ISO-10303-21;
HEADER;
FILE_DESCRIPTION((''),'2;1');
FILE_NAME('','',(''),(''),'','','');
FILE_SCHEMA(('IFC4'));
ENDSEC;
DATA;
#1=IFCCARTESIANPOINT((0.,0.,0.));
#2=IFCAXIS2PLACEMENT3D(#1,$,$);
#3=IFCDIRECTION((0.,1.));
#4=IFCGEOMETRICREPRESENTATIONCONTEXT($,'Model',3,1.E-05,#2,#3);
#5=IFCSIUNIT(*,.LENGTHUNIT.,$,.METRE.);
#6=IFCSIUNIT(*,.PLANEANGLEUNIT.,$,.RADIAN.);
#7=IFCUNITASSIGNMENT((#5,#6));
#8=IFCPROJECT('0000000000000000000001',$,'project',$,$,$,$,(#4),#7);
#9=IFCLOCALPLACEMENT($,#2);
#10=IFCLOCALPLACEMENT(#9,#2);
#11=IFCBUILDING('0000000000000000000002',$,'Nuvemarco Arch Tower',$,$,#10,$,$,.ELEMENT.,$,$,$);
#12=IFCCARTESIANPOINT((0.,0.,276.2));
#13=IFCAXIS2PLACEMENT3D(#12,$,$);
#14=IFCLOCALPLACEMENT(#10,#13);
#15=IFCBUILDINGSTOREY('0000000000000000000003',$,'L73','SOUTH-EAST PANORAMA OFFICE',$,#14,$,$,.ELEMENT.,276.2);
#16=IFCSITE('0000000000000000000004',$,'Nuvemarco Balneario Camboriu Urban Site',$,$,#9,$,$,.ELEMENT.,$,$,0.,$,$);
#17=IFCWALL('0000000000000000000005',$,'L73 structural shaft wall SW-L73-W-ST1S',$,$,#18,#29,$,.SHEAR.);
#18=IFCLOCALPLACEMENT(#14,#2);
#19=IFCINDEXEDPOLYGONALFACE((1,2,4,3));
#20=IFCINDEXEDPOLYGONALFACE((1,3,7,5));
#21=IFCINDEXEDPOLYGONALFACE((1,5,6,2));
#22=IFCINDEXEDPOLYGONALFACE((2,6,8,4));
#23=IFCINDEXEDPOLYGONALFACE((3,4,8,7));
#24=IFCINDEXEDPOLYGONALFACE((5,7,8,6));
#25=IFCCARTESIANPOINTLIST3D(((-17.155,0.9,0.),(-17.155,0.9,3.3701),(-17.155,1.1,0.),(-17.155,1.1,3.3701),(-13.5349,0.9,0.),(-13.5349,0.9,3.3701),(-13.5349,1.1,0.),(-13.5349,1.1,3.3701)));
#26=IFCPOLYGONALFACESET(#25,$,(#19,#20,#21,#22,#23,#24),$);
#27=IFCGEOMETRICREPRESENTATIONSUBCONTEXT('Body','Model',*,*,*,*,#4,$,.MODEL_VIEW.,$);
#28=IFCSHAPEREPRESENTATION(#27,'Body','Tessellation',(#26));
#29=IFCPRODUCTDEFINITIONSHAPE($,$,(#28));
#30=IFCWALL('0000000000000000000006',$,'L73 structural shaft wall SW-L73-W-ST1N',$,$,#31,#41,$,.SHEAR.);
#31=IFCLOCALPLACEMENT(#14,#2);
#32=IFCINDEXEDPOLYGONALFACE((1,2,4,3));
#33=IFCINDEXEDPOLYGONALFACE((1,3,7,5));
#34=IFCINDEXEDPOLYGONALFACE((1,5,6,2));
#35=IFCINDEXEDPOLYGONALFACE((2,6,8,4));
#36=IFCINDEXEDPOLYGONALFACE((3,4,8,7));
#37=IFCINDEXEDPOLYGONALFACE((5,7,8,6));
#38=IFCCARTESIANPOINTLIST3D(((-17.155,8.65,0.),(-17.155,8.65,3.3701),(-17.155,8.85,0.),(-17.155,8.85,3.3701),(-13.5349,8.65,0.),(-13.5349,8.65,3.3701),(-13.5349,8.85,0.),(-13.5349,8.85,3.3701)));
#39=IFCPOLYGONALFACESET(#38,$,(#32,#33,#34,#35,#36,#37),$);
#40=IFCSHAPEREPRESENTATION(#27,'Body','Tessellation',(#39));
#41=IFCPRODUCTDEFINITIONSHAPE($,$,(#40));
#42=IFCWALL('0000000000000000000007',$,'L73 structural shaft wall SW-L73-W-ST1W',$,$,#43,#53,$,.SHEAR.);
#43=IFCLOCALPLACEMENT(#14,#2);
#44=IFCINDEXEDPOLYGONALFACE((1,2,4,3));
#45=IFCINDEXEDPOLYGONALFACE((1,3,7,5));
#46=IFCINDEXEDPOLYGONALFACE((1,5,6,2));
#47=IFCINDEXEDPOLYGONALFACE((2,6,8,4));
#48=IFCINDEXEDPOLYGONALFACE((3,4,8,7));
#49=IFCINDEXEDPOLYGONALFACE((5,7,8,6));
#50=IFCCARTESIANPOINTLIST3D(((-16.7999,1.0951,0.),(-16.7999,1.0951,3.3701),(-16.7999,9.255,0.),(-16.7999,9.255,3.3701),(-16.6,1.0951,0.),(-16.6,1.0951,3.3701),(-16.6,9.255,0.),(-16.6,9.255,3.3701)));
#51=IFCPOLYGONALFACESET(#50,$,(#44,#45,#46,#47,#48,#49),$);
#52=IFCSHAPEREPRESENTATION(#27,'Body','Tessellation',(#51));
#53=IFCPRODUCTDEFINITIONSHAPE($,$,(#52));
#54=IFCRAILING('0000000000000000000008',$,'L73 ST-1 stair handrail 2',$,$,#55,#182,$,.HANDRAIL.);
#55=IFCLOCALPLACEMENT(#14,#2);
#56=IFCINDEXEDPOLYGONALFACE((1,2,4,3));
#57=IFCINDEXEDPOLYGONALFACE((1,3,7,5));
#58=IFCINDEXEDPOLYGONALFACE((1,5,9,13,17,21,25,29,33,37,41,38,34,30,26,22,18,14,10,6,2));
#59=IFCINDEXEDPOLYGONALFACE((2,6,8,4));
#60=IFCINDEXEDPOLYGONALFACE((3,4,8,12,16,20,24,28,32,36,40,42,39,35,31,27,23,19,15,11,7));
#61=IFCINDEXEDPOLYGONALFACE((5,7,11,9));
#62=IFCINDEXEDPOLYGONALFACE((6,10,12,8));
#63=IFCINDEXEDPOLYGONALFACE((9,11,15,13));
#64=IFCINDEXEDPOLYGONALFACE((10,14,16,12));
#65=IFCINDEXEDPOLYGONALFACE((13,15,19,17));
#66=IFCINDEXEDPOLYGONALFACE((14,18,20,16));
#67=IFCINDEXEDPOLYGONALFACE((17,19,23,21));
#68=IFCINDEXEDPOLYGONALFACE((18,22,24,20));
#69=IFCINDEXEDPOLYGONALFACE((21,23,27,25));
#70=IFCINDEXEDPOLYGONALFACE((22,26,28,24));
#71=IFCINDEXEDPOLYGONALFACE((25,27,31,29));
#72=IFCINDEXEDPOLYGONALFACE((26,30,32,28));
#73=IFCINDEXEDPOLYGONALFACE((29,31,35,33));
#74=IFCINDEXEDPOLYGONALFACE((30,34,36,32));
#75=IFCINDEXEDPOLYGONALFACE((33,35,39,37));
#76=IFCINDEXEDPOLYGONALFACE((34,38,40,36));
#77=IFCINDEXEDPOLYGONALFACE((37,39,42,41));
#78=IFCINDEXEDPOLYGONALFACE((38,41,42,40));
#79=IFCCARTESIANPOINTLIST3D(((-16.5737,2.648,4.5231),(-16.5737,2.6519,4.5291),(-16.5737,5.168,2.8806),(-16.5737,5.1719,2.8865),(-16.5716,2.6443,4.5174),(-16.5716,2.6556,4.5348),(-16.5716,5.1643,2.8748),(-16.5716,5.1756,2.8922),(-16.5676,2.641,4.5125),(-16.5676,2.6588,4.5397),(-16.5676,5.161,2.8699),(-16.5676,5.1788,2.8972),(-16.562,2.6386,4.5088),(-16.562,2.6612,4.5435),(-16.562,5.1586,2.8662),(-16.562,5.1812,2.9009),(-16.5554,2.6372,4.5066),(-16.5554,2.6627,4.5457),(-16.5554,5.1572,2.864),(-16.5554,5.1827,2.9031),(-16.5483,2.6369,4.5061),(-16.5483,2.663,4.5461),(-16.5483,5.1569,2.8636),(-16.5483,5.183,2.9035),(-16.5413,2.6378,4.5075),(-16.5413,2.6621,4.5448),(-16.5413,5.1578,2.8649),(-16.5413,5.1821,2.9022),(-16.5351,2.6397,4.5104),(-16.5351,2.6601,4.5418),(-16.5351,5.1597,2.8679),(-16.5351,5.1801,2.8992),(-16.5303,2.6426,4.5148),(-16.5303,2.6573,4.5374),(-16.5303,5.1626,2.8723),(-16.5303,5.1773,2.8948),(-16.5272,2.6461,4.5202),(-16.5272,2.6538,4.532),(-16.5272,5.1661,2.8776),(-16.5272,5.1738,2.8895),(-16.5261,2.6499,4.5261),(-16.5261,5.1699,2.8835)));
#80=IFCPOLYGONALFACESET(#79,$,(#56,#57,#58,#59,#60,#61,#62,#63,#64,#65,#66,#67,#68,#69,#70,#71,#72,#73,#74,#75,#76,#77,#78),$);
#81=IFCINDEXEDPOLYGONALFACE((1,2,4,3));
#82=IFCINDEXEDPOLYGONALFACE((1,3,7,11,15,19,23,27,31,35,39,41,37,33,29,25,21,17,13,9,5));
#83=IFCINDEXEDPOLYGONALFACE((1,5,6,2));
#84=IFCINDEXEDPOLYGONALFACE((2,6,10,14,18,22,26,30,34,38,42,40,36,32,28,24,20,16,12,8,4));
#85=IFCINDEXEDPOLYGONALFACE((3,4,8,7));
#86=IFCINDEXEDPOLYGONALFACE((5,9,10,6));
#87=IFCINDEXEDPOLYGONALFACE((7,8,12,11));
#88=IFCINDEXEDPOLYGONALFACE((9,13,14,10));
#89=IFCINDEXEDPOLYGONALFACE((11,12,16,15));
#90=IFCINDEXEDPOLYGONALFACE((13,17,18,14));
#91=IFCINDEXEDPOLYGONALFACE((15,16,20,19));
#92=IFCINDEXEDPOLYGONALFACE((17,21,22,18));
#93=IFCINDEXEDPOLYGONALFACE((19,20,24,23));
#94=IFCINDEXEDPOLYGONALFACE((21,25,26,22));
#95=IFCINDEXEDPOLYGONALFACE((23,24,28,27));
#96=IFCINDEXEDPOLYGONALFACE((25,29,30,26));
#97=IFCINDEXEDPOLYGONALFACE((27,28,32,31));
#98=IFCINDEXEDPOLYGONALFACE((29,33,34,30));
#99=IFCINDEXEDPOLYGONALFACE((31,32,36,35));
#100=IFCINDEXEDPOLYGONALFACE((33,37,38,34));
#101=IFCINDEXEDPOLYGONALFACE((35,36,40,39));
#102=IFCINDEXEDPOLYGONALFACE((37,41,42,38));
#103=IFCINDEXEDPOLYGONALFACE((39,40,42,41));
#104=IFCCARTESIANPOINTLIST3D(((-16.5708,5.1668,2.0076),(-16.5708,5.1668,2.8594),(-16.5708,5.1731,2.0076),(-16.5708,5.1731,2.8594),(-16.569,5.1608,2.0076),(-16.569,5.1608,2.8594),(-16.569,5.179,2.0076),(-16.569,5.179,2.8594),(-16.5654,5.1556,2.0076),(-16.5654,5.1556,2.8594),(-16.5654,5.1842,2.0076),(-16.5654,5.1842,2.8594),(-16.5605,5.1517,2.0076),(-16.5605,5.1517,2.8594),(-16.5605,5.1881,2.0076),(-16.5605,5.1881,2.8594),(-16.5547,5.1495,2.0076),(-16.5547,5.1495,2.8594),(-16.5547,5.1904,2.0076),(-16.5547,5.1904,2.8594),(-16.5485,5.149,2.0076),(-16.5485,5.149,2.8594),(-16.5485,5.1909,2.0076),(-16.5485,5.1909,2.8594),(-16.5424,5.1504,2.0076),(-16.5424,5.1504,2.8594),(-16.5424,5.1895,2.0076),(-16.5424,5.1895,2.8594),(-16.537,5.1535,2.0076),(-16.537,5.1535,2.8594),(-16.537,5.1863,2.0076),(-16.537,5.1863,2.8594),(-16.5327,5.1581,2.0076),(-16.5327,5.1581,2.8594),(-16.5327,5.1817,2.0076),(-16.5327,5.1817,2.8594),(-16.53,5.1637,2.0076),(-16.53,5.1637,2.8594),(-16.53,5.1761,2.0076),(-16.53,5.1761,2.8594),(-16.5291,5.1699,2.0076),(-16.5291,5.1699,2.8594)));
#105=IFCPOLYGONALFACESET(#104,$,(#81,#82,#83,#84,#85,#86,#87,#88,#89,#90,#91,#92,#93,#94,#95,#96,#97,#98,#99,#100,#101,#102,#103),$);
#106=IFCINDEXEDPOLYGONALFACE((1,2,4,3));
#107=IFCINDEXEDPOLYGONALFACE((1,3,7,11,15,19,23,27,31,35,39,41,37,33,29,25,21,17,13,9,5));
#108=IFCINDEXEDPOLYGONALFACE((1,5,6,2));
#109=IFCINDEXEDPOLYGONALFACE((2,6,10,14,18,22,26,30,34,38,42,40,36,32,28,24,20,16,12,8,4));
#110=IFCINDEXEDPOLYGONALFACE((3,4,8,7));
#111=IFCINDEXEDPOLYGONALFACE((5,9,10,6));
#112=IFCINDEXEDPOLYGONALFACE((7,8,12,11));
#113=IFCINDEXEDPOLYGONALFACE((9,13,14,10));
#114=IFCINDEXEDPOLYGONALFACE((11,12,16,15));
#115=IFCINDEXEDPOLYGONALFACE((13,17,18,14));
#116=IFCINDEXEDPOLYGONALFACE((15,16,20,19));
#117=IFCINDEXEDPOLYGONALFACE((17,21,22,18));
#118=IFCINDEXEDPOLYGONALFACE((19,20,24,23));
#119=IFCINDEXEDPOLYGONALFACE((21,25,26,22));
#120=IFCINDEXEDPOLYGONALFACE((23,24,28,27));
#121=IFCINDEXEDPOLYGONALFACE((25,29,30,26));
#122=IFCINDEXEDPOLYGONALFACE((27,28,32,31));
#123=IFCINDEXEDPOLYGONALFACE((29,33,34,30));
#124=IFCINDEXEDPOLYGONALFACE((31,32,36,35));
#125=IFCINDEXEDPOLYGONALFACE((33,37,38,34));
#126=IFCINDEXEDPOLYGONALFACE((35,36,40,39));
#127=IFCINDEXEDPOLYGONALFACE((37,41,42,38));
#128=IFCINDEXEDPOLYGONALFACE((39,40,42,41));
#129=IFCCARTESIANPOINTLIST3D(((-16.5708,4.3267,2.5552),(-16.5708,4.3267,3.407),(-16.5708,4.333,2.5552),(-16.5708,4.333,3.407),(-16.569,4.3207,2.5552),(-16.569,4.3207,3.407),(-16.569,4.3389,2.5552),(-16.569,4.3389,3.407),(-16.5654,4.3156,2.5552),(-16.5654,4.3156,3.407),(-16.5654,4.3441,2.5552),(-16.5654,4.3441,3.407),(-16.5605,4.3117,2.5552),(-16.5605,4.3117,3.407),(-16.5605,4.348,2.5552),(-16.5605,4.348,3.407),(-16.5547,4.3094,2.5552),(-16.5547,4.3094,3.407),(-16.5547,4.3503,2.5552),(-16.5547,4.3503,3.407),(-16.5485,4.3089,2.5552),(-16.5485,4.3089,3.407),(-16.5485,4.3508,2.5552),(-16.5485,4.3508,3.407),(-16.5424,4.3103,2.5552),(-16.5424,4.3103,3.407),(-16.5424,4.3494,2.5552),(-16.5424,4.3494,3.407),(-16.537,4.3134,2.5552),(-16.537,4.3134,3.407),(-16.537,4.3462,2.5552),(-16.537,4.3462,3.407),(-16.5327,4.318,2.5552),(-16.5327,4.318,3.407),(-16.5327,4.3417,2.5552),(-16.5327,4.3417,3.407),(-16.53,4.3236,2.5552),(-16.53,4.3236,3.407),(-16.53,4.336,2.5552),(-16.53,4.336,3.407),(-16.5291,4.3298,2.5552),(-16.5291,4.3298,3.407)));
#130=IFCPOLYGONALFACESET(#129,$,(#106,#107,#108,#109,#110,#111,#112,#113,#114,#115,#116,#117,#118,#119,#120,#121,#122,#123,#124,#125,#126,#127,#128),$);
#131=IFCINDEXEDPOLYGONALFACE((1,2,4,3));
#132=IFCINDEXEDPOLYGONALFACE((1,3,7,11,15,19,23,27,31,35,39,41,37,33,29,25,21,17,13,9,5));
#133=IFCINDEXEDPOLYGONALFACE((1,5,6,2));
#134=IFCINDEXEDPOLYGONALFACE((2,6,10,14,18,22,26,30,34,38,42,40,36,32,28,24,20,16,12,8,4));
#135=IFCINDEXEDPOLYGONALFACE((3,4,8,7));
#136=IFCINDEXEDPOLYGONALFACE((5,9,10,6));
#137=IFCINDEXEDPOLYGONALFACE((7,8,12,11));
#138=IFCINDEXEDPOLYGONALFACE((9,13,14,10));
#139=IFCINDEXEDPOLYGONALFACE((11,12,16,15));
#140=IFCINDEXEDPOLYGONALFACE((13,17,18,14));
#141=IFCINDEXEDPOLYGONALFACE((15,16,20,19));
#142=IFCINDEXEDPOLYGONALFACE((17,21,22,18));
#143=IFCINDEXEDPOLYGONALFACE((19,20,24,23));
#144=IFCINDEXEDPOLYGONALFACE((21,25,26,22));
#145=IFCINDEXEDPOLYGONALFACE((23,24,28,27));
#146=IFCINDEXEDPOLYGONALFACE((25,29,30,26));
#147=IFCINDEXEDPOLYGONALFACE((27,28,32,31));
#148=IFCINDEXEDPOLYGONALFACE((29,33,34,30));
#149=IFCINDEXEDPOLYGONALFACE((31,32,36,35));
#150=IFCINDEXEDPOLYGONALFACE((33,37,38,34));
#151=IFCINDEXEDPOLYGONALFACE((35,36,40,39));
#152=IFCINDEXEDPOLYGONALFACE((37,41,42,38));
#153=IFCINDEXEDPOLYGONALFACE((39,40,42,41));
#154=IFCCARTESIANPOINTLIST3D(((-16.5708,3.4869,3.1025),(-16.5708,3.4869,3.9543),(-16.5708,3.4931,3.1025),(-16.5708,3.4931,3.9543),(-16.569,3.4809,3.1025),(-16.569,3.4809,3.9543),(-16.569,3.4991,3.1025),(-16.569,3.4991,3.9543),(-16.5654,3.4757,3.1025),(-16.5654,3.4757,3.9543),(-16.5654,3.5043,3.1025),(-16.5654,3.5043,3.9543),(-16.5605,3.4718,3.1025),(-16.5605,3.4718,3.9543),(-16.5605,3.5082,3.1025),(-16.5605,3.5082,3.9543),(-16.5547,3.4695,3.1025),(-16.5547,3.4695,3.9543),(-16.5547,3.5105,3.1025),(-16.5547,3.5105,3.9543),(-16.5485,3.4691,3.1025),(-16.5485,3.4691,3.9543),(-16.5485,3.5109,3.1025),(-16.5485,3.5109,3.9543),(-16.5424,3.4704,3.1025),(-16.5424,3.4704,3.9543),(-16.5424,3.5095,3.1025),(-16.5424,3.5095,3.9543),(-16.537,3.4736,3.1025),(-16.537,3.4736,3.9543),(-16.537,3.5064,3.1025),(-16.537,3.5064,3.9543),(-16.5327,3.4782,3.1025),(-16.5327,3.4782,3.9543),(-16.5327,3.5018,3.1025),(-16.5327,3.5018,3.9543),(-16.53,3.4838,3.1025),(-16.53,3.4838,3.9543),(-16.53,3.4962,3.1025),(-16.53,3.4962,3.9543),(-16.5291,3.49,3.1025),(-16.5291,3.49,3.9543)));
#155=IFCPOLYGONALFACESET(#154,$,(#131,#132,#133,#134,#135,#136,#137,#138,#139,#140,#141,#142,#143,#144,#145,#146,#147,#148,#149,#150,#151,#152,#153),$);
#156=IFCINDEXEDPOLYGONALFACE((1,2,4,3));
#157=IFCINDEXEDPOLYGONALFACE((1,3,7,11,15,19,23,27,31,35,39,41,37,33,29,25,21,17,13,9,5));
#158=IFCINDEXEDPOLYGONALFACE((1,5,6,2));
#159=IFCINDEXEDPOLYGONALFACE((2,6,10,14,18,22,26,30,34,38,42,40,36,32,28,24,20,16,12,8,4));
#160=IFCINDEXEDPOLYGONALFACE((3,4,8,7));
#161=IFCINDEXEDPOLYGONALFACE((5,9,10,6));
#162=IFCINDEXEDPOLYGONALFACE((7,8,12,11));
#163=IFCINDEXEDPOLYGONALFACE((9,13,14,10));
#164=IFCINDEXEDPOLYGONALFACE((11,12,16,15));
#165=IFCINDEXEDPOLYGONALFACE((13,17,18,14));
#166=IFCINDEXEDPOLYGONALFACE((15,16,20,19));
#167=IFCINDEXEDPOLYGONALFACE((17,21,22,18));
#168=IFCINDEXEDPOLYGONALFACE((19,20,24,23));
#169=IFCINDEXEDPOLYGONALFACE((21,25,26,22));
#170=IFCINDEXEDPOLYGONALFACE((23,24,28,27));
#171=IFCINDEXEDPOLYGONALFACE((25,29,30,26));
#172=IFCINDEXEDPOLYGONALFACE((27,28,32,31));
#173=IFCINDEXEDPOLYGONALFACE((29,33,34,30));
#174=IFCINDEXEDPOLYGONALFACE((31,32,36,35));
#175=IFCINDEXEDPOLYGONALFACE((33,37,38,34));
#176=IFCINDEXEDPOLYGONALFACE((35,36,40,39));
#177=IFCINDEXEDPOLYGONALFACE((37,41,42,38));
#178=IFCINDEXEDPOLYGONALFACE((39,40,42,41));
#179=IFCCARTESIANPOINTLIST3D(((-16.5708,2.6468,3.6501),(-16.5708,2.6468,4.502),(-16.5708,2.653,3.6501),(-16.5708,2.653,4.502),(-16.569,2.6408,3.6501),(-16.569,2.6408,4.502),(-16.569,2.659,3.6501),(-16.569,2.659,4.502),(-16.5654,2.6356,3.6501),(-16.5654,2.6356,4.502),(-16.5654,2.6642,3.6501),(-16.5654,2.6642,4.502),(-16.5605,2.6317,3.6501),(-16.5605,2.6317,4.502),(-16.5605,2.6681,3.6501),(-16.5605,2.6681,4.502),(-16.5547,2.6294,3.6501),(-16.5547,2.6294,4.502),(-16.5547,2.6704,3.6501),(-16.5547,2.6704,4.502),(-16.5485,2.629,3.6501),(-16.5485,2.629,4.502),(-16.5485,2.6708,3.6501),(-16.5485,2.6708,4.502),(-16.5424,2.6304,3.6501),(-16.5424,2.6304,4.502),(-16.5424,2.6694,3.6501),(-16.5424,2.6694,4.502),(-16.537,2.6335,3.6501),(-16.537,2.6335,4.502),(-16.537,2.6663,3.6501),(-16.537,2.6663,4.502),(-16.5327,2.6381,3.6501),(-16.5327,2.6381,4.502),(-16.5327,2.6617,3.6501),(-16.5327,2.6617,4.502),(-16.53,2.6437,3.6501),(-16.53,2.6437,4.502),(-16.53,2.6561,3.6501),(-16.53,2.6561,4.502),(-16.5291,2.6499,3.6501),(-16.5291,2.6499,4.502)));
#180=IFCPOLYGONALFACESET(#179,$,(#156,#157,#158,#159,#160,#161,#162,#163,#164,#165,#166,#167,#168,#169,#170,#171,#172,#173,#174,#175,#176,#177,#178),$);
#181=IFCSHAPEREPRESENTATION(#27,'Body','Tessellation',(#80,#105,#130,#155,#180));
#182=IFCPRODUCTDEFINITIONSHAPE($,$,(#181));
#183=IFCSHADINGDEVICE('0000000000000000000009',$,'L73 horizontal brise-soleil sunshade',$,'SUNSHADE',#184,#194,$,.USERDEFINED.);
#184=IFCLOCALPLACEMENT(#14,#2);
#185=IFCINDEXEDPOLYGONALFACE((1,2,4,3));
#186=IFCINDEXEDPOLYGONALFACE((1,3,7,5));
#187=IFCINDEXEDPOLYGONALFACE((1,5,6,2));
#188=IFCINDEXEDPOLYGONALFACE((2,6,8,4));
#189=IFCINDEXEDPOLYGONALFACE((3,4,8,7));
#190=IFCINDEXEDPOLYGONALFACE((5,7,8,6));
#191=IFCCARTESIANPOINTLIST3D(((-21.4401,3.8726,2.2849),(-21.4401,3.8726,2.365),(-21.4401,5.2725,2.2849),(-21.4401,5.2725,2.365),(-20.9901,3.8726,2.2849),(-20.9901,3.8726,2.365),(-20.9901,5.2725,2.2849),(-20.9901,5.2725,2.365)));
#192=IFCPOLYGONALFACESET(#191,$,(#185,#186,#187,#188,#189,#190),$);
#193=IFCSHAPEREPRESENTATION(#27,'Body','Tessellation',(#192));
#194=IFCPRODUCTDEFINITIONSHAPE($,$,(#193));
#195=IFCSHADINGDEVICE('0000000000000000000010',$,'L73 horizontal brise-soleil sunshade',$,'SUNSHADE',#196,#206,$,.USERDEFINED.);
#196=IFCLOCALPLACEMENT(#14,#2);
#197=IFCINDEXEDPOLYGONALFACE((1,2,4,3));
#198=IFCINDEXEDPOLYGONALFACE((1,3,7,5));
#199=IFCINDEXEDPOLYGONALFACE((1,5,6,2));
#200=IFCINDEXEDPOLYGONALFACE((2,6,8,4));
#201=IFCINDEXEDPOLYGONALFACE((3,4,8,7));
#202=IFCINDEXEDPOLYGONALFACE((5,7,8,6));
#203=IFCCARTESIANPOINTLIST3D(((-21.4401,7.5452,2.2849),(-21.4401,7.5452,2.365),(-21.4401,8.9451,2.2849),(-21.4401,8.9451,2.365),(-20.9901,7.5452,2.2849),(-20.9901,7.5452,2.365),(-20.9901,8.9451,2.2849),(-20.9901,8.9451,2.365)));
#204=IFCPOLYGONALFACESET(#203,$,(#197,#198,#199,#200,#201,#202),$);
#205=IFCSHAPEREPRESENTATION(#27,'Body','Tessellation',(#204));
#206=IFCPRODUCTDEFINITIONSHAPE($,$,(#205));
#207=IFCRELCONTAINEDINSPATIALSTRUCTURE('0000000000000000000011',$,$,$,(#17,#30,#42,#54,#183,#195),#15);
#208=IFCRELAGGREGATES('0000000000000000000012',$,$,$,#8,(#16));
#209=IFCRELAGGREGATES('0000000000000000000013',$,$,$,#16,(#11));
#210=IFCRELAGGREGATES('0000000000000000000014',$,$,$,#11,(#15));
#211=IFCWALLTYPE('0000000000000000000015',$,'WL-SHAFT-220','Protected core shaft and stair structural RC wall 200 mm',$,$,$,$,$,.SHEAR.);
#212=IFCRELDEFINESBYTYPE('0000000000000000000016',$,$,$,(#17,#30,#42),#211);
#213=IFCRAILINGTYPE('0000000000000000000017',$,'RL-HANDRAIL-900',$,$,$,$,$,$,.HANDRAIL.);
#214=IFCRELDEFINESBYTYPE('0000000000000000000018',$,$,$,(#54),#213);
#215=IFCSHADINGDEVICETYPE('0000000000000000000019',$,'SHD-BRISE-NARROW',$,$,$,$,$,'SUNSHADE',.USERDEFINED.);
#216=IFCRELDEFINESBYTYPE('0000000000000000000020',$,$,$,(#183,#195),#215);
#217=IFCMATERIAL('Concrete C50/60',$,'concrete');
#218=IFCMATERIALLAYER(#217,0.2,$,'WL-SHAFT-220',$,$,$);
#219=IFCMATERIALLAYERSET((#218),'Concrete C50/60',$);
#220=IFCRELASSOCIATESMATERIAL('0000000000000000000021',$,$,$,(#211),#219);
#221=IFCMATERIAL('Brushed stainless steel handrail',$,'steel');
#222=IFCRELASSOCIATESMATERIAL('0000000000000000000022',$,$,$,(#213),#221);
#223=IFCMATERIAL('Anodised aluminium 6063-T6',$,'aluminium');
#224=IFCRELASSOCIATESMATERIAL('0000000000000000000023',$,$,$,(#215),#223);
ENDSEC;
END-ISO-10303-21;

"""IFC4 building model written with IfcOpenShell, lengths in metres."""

from ifc_helpers import new_model, si_unit, direction, frame, frame_2d, origin, origin_2d, place, context, subcontext, project, spatial, rectangle, circle, extrude, source, transform, mapped, material, layer, layer_set, type_object, type_shapes, element, save


model = new_model("IFC4")

# Units and contexts
model_context = context("Model", 3, precision=1e-05, world=origin(), true_north=direction((0.0, 1.0)))
body_context = subcontext(model_context, "Body", "Model", "MODEL_VIEW")
ifc_project = project(units=[si_unit("LENGTHUNIT", "METRE"), si_unit("PLANEANGLEUNIT", "RADIAN")], contexts=[model_context])

# Site, building, storey
site_placement = place(None, origin())
site = spatial("IfcSite", under=ifc_project, at=site_placement, Name="Nuvemarco Balneario Camboriu Urban Site", CompositionType="ELEMENT", RefElevation=0.0)
building_placement = place(site_placement, origin())
building = spatial("IfcBuilding", under=site, at=building_placement, Name="Nuvemarco Arch Tower", CompositionType="ELEMENT")
storey_placement = place(building_placement, frame((0.0, 0.0, 276.2)))
storey = spatial("IfcBuildingStorey", under=building, at=storey_placement, Name="L73", Description="SOUTH-EAST PANORAMA OFFICE", CompositionType="ELEMENT", Elevation=276.2)

# Shared definitions
ifc_material_1 = material(Name="Concrete C50/60", Category="concrete")

# Walls
ifc_layer_1 = layer(ifc_material_1, 0.2, Name="WL-SHAFT-220")
ifc_layer_set_1 = layer_set([ifc_layer_1], Name="Concrete C50/60")
wall_type_1 = type_object("IfcWallType", Name="WL-SHAFT-220", Description="Protected core shaft and stair structural RC wall 200 mm", PredefinedType="SHEAR", material=ifc_layer_set_1)
for number, where, z_axis, x_axis, name in (
    (1, (-17.155, 1.0, 0.0), (0.0, 0.0, 1.0), (1.0, 0.0, 0.0), "L73 structural shaft wall SW-L73-W-ST1S"),
    (2, (-17.155, 8.75, 0.0), (0.0, 0.0, 1.0), (1.0, 0.0, 0.0), "L73 structural shaft wall SW-L73-W-ST1N"),
):
    element("IfcWall", number, at=place(storey_placement, frame(where, z_axis=z_axis, x_axis=x_axis)), inside=storey, type_object=wall_type_1, Name=name, PredefinedType="SHEAR", context=body_context, shape_type="SweptSolid", body=[
        extrude(rectangle(XDim=3.6201, YDim=0.2, at=frame_2d((1.8101, 0.0))), origin(), (0.0, 0.0, 1.0), 3.3701),
    ])
wall_1_placement = place(storey_placement, frame((-16.7, 1.095, 0.0), z_axis=(0.0, 0.0, 1.0), x_axis=(0.0, 1.0, 0.0)))
element("IfcWall", 3, at=wall_1_placement, inside=storey, type_object=wall_type_1, Name="L73 structural shaft wall SW-L73-W-ST1W", PredefinedType="SHEAR", context=body_context, shape_type="SweptSolid", body=[
    extrude(rectangle(XDim=8.1599, YDim=0.2, at=frame_2d((4.0801, 0.0))), origin(), (0.0, 0.0, 1.0), 3.3701),
])

# Railing
ifc_material_2 = material(Name="Brushed stainless steel handrail", Category="steel")
railing_type = type_object("IfcRailingType", Name="RL-HANDRAIL-900", PredefinedType="HANDRAIL", material=ifc_material_2)
railing_placement = place(storey_placement, frame((-16.55, 5.1699, 2.0076)))
element("IfcRailing", 4, at=railing_placement, inside=storey, type_object=railing_type, Name="L73 ST-1 stair handrail 2", PredefinedType="HANDRAIL", context=body_context, shape_type="SweptSolid", body=[
    extrude(circle(Radius=0.0239, at=origin_2d()), frame((0.0, 0.0, 0.876), z_axis=(0.0, -0.837749, 0.546055), x_axis=(1.0, 0.0, 0.0)), (0.0, 0.0, 1.0), 3.0081),
    extrude(circle(Radius=0.021, at=origin_2d()), origin(), (0.0, 0.0, 1.0), 0.8518),
    extrude(circle(Radius=0.021, at=origin_2d()), frame((0.0, -0.8401, 0.5476)), (0.0, 0.0, 1.0), 0.8518),
    extrude(circle(Radius=0.021, at=origin_2d()), frame((0.0, -1.6799, 1.095)), (0.0, 0.0, 1.0), 0.8518),
    extrude(circle(Radius=0.021, at=origin_2d()), frame((0.0, -2.52, 1.6426)), (0.0, 0.0, 1.0), 0.8518),
])

# Shading devices
ifc_material_3 = material(Name="Anodised aluminium 6063-T6", Category="aluminium")
shading_device_type = type_object("IfcShadingDeviceType", Name="SHD-BRISE-NARROW", ElementType="SUNSHADE", PredefinedType="USERDEFINED", material=ifc_material_3)
shared_shape = source(origin(), body_context, "Body", "SweptSolid", [
    extrude(rectangle(XDim=1.3999, YDim=0.45, at=origin_2d()), origin(), (0.0, 0.0, 1.0), 0.0801),
])
type_shapes(shading_device_type, [shared_shape])
for number, where, z_axis, x_axis, name in (
    (5, (-21.2151, 4.5725, 2.2849), (0.0, 0.0, 1.0), (0.0, 1.0, 0.0), "L73 horizontal brise-soleil sunshade"),
    (6, (-21.2151, 8.2451, 2.2849), (0.0, 0.0, 1.0), (0.0, 1.0, 0.0), "L73 horizontal brise-soleil sunshade"),
):
    element("IfcShadingDevice", number, at=place(storey_placement, frame(where, z_axis=z_axis, x_axis=x_axis)), inside=storey, type_object=shading_device_type, Name=name, ObjectType="SUNSHADE", PredefinedType="USERDEFINED", context=body_context, shape_type="MappedRepresentation", body=[
        mapped(shared_shape, transform((0.0, 0.0, 0.0), scale=1.0)),
    ])

save(model, "model.ifc")
